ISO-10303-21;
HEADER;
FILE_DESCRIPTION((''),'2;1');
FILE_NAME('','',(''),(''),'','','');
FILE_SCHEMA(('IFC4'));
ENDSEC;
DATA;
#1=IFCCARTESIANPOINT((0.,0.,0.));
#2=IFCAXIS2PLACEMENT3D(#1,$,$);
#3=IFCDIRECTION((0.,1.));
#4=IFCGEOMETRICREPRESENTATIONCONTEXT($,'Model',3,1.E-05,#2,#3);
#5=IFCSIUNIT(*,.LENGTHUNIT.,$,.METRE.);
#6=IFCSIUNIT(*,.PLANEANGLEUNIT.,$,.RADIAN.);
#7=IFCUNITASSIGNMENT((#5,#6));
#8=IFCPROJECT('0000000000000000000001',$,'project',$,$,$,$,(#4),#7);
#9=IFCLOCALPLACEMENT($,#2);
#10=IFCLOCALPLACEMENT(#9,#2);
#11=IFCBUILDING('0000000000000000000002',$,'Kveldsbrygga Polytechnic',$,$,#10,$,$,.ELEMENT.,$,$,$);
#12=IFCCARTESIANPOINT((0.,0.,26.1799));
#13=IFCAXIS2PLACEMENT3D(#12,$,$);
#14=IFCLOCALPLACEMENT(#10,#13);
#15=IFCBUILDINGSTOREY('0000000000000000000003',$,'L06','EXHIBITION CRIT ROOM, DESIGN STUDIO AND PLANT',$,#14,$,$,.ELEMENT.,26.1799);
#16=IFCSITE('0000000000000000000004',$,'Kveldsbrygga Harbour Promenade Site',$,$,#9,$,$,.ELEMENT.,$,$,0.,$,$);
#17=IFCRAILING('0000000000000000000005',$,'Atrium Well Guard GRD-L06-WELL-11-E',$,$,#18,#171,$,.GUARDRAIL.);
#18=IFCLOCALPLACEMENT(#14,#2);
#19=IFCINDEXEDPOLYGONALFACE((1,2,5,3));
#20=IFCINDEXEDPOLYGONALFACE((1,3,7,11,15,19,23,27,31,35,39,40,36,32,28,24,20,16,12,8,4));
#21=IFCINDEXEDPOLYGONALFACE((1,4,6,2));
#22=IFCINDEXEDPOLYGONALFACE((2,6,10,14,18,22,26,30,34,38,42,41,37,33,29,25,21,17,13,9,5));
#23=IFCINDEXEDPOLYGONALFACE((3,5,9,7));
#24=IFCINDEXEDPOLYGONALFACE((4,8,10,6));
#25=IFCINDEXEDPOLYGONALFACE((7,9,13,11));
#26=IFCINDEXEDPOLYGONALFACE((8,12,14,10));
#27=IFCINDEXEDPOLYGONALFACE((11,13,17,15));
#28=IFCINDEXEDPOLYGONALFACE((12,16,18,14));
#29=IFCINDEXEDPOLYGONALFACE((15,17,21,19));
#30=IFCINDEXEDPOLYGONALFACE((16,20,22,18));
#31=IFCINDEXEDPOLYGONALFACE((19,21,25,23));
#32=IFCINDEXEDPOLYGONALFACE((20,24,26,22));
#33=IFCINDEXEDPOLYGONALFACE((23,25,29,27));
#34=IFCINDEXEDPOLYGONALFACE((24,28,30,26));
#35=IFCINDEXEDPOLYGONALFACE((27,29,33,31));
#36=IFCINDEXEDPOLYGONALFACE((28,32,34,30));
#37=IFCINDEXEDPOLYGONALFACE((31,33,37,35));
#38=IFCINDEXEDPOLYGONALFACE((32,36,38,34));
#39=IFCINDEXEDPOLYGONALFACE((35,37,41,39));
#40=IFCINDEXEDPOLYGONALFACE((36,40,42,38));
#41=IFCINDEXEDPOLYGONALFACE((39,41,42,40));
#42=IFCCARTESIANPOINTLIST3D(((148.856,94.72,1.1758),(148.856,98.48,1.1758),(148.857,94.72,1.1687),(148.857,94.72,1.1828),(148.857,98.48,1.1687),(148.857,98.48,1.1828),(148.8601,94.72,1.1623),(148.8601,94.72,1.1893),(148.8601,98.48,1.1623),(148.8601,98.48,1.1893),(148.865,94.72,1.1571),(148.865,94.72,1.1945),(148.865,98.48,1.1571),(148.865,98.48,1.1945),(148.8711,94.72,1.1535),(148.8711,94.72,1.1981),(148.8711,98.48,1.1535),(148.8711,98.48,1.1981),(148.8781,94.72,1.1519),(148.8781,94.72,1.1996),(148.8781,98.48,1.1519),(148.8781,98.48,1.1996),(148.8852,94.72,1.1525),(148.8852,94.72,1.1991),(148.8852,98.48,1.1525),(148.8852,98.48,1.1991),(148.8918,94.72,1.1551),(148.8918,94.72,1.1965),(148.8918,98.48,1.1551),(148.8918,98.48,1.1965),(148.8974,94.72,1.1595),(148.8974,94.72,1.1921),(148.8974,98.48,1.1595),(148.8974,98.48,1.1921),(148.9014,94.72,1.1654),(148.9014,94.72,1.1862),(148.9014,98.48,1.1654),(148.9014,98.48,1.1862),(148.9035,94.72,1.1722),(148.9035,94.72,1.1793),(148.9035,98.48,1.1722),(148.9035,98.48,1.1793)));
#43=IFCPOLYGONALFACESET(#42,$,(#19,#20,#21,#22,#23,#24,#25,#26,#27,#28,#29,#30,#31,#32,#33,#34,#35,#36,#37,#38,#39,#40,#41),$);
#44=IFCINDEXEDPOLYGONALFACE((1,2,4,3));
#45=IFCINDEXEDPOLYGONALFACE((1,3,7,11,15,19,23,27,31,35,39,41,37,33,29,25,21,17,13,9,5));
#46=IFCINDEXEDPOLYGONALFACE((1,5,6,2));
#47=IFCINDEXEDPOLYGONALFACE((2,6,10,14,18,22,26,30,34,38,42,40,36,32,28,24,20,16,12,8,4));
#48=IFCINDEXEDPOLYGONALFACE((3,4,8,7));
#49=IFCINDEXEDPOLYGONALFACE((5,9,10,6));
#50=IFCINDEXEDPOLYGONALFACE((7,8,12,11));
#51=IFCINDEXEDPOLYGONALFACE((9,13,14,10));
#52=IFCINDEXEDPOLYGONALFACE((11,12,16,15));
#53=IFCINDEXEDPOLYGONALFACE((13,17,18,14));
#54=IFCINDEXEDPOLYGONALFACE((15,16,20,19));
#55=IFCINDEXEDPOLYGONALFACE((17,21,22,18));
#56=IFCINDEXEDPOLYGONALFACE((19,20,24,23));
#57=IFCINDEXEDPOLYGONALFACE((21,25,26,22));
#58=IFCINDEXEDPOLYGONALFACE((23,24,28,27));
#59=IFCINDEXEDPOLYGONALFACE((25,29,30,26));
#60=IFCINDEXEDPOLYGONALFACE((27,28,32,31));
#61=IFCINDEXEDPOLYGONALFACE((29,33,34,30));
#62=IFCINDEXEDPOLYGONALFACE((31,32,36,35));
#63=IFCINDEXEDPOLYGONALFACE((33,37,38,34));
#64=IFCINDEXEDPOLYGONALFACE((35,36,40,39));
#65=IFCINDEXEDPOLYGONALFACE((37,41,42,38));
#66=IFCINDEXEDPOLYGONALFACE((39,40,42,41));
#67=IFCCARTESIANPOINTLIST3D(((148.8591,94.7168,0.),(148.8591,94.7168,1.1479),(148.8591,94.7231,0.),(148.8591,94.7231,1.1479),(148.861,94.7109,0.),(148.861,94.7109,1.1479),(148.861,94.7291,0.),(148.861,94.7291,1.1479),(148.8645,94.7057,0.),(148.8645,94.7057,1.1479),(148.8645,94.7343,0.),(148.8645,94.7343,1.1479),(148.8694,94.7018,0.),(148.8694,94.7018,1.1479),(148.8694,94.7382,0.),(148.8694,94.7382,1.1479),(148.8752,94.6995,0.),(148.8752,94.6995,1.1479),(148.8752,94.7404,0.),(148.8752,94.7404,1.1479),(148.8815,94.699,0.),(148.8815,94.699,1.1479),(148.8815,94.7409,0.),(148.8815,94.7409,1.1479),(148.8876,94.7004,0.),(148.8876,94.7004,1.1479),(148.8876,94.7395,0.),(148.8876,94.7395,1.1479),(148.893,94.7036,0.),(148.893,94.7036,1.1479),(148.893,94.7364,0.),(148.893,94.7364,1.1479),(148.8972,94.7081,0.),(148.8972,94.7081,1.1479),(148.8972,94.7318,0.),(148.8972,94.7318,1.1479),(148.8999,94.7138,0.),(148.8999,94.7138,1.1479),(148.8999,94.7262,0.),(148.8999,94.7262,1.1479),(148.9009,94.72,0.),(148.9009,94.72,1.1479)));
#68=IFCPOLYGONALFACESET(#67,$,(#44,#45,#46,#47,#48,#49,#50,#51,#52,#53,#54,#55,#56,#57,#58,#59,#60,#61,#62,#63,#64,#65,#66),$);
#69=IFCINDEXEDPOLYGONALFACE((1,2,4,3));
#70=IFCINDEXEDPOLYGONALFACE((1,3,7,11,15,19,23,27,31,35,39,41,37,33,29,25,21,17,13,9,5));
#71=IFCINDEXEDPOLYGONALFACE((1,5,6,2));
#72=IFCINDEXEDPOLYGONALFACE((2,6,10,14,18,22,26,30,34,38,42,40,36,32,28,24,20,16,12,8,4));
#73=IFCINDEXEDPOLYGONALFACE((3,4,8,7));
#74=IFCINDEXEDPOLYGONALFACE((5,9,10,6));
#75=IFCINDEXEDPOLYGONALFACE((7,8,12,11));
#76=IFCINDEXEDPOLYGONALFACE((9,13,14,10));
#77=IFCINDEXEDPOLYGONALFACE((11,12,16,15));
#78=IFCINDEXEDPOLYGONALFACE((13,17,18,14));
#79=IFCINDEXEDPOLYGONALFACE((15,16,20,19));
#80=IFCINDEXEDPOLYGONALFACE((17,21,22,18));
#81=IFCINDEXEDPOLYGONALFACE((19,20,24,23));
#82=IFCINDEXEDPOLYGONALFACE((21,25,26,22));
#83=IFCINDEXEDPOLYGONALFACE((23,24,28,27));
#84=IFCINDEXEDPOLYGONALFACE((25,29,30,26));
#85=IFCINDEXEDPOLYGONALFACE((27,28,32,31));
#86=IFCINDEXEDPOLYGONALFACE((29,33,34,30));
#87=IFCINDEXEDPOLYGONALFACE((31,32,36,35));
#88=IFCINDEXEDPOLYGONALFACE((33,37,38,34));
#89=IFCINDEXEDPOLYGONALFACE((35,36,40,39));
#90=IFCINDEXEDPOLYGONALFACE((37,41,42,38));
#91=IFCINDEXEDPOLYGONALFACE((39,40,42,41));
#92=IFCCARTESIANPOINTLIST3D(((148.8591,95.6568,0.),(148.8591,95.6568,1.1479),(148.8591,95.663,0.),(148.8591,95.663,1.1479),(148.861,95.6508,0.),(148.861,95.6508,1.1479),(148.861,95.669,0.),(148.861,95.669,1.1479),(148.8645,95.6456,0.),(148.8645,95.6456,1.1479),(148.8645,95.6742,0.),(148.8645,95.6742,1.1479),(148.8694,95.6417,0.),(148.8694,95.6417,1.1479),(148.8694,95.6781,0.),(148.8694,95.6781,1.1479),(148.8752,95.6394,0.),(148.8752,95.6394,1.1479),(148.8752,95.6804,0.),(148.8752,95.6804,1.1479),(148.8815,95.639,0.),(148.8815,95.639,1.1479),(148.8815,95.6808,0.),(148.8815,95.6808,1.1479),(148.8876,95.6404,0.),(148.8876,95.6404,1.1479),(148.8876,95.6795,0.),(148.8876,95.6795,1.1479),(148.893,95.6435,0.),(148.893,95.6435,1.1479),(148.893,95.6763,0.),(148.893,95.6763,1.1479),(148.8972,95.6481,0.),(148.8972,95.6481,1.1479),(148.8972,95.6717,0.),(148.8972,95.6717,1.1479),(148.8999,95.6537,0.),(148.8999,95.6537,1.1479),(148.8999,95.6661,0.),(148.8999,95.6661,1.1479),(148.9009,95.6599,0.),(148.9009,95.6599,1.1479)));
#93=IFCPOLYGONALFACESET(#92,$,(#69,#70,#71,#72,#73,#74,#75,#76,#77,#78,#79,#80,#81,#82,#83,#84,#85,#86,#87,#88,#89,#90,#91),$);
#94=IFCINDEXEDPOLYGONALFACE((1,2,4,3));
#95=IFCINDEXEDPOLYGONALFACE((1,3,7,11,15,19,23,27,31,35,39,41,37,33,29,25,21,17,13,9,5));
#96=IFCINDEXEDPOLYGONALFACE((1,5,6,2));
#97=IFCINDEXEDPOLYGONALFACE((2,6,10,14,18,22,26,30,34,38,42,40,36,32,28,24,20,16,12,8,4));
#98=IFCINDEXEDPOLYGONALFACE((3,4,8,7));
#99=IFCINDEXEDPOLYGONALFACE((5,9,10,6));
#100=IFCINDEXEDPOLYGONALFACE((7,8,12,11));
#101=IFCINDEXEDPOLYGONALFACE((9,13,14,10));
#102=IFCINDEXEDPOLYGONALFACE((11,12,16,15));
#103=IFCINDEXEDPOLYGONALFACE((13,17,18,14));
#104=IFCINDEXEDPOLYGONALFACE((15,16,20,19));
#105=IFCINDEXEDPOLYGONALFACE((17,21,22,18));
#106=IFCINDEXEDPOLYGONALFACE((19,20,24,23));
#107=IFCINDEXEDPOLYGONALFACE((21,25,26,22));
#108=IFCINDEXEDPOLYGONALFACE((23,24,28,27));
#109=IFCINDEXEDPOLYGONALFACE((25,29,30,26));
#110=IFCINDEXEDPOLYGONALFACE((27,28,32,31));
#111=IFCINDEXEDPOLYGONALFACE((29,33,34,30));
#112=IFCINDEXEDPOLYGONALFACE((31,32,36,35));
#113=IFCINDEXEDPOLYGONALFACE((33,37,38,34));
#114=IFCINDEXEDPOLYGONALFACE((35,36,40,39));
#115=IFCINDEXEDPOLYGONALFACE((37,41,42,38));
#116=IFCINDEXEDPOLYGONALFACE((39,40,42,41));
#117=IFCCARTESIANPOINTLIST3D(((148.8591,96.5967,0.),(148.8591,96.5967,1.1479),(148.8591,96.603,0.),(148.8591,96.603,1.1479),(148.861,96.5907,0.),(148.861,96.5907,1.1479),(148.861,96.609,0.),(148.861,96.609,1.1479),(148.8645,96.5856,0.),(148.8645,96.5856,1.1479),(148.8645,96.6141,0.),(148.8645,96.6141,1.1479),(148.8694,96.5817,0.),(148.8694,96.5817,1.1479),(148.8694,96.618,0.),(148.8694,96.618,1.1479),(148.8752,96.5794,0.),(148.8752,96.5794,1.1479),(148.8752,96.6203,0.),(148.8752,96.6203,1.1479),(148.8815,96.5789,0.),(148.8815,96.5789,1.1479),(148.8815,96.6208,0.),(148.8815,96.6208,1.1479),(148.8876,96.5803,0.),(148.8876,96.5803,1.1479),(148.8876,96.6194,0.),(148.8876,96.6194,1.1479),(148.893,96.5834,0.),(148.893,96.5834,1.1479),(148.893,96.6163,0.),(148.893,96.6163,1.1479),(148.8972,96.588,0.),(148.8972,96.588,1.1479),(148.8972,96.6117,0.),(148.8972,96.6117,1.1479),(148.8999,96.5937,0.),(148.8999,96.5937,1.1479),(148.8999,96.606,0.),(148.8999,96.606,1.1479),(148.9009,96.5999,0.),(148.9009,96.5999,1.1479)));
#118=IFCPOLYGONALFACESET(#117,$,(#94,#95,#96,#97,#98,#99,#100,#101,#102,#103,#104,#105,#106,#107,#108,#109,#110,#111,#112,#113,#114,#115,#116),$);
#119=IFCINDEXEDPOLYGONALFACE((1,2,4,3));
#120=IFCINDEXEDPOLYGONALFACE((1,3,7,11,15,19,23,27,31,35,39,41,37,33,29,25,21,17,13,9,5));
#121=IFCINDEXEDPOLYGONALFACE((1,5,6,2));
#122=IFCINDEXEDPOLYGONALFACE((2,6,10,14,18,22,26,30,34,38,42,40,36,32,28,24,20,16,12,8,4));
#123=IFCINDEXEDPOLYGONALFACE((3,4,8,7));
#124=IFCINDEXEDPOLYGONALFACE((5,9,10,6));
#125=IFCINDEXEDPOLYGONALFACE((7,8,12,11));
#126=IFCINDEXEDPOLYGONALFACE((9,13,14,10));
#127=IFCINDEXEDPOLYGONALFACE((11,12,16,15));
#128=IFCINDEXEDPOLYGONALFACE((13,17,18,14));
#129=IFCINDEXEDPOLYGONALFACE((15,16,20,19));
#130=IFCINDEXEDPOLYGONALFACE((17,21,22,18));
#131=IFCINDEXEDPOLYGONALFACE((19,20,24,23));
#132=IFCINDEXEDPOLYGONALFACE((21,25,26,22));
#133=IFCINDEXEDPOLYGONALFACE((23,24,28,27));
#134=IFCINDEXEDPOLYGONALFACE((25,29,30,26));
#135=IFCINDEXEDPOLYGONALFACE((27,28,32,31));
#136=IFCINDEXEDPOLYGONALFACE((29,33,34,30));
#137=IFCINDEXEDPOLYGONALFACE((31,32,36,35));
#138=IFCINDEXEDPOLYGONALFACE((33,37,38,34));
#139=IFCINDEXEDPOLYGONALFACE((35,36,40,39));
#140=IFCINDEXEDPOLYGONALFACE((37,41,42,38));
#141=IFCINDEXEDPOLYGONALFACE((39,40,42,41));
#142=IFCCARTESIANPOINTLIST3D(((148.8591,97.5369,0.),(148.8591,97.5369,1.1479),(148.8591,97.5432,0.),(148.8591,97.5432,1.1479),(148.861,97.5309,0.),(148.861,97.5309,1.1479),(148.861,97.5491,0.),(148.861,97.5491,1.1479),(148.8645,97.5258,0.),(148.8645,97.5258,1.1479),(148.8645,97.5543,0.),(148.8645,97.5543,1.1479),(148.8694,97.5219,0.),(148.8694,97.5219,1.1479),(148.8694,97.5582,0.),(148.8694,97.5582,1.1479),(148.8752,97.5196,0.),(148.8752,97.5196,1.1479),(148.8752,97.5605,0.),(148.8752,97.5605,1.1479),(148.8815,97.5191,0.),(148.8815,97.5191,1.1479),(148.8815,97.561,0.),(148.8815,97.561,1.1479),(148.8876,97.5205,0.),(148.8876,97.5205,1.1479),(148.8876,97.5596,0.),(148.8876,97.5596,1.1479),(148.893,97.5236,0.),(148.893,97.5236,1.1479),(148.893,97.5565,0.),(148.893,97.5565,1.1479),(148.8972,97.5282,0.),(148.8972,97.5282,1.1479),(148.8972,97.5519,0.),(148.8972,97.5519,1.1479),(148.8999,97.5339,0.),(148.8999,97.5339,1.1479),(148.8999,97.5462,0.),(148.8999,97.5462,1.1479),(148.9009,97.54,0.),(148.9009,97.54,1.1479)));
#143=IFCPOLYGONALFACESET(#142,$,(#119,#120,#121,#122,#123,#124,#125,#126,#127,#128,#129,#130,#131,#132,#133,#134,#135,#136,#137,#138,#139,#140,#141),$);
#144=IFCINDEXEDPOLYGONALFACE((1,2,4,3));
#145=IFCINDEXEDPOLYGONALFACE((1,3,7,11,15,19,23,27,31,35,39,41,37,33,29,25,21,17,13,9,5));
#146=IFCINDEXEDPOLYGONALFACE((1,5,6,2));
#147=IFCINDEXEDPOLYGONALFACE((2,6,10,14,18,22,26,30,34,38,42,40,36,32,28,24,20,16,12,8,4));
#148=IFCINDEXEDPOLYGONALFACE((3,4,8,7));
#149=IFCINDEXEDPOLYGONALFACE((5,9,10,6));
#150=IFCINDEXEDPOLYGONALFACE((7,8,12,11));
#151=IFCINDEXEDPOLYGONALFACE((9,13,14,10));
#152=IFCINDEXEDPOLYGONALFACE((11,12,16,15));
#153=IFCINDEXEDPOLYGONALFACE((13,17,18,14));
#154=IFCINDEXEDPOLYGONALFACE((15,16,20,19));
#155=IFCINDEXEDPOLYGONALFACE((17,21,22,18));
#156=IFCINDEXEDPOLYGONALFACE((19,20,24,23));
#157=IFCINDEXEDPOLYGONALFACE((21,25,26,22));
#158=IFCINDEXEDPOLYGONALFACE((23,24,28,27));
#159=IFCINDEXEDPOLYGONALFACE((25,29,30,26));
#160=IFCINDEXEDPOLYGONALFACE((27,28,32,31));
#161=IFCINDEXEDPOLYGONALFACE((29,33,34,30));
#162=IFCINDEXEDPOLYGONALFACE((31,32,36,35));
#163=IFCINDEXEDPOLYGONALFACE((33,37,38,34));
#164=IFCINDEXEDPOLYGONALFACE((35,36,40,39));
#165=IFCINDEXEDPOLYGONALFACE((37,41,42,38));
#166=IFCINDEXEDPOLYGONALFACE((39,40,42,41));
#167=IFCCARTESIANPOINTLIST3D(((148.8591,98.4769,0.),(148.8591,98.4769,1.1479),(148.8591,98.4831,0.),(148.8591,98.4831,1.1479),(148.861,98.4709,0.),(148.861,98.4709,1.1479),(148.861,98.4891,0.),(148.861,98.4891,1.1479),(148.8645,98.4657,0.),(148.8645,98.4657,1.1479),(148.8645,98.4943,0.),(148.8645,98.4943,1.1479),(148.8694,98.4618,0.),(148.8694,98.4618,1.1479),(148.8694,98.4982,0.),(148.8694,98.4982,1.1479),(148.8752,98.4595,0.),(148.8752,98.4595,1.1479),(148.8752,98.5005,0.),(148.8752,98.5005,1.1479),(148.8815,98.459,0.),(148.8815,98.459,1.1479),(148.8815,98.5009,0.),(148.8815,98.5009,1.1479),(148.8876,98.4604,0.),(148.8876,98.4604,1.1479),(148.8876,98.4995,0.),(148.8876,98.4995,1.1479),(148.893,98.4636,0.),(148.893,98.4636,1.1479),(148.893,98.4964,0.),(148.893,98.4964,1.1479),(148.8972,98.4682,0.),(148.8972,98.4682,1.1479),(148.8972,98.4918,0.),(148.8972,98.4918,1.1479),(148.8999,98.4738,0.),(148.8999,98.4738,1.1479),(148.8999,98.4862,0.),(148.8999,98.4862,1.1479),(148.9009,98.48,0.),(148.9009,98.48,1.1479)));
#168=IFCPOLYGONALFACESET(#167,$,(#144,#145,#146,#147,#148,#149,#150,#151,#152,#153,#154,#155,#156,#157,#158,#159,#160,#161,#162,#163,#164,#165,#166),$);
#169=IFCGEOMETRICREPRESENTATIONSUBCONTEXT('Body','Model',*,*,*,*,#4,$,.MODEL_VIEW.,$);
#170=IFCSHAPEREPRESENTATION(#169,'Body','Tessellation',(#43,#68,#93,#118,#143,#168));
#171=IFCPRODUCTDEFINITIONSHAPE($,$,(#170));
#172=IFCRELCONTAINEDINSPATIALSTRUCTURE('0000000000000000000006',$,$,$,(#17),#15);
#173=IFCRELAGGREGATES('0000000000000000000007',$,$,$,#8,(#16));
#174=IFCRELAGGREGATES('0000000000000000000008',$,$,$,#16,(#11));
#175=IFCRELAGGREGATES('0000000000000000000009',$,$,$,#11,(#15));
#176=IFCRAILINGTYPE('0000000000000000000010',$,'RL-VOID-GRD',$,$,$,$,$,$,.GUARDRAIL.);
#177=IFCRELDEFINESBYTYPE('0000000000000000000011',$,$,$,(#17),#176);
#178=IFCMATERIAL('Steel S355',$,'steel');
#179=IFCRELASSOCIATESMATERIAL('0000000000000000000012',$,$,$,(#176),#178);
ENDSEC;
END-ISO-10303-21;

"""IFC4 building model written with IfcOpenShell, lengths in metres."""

from ifc_helpers import new_model, si_unit, direction, frame, origin, origin_2d, place, context, subcontext, project, spatial, circle, extrude, material, type_object, element, save


model = new_model("IFC4")

# Units and contexts
model_context = context("Model", 3, precision=1e-05, world=origin(), true_north=direction((0.0, 1.0)))
body_context = subcontext(model_context, "Body", "Model", "MODEL_VIEW")
ifc_project = project(units=[si_unit("LENGTHUNIT", "METRE"), si_unit("PLANEANGLEUNIT", "RADIAN")], contexts=[model_context])

# Site, building, storey
site_placement = place(None, origin())
site = spatial("IfcSite", under=ifc_project, at=site_placement, Name="Kveldsbrygga Harbour Promenade Site", CompositionType="ELEMENT", RefElevation=0.0)
building_placement = place(site_placement, origin())
building = spatial("IfcBuilding", under=site, at=building_placement, Name="Kveldsbrygga Polytechnic", CompositionType="ELEMENT")
storey_placement = place(building_placement, frame((0.0, 0.0, 26.1799)))
storey = spatial("IfcBuildingStorey", under=building, at=storey_placement, Name="L06", Description="EXHIBITION CRIT ROOM, DESIGN STUDIO AND PLANT", CompositionType="ELEMENT", Elevation=26.1799)

# Shared definitions
ifc_material_1 = material(Name="Steel S355", Category="steel")

# Railing
railing_type = type_object("IfcRailingType", Name="RL-VOID-GRD", PredefinedType="GUARDRAIL", material=ifc_material_1)
railing_1_placement = place(storey_placement, frame((148.8799, 94.72, 0.0)))
element("IfcRailing", 1, at=railing_1_placement, inside=storey, type_object=railing_type, Name="Atrium Well Guard GRD-L06-WELL-11-E", PredefinedType="GUARDRAIL", context=body_context, shape_type="SweptSolid", body=[
    extrude(circle(Radius=0.0239, at=origin_2d()), frame((0.0, 0.0, 1.1758), z_axis=(0.0, 1.0, 0.0), x_axis=(-1.0, 0.0, 0.0)), (0.0, 0.0, 1.0), 3.76),
    extrude(circle(Radius=0.021, at=origin_2d()), origin(), (0.0, 0.0, 1.0), 1.1479),
    extrude(circle(Radius=0.021, at=origin_2d()), frame((0.0, 0.9399, 0.0)), (0.0, 0.0, 1.0), 1.1479),
    extrude(circle(Radius=0.021, at=origin_2d()), frame((0.0, 1.8799, 0.0)), (0.0, 0.0, 1.0), 1.1479),
    extrude(circle(Radius=0.021, at=origin_2d()), frame((0.0, 2.8201, 0.0)), (0.0, 0.0, 1.0), 1.1479),
    extrude(circle(Radius=0.021, at=origin_2d()), frame((0.0, 3.76, 0.0)), (0.0, 0.0, 1.0), 1.1479),
])

save(model, "model.ifc")
